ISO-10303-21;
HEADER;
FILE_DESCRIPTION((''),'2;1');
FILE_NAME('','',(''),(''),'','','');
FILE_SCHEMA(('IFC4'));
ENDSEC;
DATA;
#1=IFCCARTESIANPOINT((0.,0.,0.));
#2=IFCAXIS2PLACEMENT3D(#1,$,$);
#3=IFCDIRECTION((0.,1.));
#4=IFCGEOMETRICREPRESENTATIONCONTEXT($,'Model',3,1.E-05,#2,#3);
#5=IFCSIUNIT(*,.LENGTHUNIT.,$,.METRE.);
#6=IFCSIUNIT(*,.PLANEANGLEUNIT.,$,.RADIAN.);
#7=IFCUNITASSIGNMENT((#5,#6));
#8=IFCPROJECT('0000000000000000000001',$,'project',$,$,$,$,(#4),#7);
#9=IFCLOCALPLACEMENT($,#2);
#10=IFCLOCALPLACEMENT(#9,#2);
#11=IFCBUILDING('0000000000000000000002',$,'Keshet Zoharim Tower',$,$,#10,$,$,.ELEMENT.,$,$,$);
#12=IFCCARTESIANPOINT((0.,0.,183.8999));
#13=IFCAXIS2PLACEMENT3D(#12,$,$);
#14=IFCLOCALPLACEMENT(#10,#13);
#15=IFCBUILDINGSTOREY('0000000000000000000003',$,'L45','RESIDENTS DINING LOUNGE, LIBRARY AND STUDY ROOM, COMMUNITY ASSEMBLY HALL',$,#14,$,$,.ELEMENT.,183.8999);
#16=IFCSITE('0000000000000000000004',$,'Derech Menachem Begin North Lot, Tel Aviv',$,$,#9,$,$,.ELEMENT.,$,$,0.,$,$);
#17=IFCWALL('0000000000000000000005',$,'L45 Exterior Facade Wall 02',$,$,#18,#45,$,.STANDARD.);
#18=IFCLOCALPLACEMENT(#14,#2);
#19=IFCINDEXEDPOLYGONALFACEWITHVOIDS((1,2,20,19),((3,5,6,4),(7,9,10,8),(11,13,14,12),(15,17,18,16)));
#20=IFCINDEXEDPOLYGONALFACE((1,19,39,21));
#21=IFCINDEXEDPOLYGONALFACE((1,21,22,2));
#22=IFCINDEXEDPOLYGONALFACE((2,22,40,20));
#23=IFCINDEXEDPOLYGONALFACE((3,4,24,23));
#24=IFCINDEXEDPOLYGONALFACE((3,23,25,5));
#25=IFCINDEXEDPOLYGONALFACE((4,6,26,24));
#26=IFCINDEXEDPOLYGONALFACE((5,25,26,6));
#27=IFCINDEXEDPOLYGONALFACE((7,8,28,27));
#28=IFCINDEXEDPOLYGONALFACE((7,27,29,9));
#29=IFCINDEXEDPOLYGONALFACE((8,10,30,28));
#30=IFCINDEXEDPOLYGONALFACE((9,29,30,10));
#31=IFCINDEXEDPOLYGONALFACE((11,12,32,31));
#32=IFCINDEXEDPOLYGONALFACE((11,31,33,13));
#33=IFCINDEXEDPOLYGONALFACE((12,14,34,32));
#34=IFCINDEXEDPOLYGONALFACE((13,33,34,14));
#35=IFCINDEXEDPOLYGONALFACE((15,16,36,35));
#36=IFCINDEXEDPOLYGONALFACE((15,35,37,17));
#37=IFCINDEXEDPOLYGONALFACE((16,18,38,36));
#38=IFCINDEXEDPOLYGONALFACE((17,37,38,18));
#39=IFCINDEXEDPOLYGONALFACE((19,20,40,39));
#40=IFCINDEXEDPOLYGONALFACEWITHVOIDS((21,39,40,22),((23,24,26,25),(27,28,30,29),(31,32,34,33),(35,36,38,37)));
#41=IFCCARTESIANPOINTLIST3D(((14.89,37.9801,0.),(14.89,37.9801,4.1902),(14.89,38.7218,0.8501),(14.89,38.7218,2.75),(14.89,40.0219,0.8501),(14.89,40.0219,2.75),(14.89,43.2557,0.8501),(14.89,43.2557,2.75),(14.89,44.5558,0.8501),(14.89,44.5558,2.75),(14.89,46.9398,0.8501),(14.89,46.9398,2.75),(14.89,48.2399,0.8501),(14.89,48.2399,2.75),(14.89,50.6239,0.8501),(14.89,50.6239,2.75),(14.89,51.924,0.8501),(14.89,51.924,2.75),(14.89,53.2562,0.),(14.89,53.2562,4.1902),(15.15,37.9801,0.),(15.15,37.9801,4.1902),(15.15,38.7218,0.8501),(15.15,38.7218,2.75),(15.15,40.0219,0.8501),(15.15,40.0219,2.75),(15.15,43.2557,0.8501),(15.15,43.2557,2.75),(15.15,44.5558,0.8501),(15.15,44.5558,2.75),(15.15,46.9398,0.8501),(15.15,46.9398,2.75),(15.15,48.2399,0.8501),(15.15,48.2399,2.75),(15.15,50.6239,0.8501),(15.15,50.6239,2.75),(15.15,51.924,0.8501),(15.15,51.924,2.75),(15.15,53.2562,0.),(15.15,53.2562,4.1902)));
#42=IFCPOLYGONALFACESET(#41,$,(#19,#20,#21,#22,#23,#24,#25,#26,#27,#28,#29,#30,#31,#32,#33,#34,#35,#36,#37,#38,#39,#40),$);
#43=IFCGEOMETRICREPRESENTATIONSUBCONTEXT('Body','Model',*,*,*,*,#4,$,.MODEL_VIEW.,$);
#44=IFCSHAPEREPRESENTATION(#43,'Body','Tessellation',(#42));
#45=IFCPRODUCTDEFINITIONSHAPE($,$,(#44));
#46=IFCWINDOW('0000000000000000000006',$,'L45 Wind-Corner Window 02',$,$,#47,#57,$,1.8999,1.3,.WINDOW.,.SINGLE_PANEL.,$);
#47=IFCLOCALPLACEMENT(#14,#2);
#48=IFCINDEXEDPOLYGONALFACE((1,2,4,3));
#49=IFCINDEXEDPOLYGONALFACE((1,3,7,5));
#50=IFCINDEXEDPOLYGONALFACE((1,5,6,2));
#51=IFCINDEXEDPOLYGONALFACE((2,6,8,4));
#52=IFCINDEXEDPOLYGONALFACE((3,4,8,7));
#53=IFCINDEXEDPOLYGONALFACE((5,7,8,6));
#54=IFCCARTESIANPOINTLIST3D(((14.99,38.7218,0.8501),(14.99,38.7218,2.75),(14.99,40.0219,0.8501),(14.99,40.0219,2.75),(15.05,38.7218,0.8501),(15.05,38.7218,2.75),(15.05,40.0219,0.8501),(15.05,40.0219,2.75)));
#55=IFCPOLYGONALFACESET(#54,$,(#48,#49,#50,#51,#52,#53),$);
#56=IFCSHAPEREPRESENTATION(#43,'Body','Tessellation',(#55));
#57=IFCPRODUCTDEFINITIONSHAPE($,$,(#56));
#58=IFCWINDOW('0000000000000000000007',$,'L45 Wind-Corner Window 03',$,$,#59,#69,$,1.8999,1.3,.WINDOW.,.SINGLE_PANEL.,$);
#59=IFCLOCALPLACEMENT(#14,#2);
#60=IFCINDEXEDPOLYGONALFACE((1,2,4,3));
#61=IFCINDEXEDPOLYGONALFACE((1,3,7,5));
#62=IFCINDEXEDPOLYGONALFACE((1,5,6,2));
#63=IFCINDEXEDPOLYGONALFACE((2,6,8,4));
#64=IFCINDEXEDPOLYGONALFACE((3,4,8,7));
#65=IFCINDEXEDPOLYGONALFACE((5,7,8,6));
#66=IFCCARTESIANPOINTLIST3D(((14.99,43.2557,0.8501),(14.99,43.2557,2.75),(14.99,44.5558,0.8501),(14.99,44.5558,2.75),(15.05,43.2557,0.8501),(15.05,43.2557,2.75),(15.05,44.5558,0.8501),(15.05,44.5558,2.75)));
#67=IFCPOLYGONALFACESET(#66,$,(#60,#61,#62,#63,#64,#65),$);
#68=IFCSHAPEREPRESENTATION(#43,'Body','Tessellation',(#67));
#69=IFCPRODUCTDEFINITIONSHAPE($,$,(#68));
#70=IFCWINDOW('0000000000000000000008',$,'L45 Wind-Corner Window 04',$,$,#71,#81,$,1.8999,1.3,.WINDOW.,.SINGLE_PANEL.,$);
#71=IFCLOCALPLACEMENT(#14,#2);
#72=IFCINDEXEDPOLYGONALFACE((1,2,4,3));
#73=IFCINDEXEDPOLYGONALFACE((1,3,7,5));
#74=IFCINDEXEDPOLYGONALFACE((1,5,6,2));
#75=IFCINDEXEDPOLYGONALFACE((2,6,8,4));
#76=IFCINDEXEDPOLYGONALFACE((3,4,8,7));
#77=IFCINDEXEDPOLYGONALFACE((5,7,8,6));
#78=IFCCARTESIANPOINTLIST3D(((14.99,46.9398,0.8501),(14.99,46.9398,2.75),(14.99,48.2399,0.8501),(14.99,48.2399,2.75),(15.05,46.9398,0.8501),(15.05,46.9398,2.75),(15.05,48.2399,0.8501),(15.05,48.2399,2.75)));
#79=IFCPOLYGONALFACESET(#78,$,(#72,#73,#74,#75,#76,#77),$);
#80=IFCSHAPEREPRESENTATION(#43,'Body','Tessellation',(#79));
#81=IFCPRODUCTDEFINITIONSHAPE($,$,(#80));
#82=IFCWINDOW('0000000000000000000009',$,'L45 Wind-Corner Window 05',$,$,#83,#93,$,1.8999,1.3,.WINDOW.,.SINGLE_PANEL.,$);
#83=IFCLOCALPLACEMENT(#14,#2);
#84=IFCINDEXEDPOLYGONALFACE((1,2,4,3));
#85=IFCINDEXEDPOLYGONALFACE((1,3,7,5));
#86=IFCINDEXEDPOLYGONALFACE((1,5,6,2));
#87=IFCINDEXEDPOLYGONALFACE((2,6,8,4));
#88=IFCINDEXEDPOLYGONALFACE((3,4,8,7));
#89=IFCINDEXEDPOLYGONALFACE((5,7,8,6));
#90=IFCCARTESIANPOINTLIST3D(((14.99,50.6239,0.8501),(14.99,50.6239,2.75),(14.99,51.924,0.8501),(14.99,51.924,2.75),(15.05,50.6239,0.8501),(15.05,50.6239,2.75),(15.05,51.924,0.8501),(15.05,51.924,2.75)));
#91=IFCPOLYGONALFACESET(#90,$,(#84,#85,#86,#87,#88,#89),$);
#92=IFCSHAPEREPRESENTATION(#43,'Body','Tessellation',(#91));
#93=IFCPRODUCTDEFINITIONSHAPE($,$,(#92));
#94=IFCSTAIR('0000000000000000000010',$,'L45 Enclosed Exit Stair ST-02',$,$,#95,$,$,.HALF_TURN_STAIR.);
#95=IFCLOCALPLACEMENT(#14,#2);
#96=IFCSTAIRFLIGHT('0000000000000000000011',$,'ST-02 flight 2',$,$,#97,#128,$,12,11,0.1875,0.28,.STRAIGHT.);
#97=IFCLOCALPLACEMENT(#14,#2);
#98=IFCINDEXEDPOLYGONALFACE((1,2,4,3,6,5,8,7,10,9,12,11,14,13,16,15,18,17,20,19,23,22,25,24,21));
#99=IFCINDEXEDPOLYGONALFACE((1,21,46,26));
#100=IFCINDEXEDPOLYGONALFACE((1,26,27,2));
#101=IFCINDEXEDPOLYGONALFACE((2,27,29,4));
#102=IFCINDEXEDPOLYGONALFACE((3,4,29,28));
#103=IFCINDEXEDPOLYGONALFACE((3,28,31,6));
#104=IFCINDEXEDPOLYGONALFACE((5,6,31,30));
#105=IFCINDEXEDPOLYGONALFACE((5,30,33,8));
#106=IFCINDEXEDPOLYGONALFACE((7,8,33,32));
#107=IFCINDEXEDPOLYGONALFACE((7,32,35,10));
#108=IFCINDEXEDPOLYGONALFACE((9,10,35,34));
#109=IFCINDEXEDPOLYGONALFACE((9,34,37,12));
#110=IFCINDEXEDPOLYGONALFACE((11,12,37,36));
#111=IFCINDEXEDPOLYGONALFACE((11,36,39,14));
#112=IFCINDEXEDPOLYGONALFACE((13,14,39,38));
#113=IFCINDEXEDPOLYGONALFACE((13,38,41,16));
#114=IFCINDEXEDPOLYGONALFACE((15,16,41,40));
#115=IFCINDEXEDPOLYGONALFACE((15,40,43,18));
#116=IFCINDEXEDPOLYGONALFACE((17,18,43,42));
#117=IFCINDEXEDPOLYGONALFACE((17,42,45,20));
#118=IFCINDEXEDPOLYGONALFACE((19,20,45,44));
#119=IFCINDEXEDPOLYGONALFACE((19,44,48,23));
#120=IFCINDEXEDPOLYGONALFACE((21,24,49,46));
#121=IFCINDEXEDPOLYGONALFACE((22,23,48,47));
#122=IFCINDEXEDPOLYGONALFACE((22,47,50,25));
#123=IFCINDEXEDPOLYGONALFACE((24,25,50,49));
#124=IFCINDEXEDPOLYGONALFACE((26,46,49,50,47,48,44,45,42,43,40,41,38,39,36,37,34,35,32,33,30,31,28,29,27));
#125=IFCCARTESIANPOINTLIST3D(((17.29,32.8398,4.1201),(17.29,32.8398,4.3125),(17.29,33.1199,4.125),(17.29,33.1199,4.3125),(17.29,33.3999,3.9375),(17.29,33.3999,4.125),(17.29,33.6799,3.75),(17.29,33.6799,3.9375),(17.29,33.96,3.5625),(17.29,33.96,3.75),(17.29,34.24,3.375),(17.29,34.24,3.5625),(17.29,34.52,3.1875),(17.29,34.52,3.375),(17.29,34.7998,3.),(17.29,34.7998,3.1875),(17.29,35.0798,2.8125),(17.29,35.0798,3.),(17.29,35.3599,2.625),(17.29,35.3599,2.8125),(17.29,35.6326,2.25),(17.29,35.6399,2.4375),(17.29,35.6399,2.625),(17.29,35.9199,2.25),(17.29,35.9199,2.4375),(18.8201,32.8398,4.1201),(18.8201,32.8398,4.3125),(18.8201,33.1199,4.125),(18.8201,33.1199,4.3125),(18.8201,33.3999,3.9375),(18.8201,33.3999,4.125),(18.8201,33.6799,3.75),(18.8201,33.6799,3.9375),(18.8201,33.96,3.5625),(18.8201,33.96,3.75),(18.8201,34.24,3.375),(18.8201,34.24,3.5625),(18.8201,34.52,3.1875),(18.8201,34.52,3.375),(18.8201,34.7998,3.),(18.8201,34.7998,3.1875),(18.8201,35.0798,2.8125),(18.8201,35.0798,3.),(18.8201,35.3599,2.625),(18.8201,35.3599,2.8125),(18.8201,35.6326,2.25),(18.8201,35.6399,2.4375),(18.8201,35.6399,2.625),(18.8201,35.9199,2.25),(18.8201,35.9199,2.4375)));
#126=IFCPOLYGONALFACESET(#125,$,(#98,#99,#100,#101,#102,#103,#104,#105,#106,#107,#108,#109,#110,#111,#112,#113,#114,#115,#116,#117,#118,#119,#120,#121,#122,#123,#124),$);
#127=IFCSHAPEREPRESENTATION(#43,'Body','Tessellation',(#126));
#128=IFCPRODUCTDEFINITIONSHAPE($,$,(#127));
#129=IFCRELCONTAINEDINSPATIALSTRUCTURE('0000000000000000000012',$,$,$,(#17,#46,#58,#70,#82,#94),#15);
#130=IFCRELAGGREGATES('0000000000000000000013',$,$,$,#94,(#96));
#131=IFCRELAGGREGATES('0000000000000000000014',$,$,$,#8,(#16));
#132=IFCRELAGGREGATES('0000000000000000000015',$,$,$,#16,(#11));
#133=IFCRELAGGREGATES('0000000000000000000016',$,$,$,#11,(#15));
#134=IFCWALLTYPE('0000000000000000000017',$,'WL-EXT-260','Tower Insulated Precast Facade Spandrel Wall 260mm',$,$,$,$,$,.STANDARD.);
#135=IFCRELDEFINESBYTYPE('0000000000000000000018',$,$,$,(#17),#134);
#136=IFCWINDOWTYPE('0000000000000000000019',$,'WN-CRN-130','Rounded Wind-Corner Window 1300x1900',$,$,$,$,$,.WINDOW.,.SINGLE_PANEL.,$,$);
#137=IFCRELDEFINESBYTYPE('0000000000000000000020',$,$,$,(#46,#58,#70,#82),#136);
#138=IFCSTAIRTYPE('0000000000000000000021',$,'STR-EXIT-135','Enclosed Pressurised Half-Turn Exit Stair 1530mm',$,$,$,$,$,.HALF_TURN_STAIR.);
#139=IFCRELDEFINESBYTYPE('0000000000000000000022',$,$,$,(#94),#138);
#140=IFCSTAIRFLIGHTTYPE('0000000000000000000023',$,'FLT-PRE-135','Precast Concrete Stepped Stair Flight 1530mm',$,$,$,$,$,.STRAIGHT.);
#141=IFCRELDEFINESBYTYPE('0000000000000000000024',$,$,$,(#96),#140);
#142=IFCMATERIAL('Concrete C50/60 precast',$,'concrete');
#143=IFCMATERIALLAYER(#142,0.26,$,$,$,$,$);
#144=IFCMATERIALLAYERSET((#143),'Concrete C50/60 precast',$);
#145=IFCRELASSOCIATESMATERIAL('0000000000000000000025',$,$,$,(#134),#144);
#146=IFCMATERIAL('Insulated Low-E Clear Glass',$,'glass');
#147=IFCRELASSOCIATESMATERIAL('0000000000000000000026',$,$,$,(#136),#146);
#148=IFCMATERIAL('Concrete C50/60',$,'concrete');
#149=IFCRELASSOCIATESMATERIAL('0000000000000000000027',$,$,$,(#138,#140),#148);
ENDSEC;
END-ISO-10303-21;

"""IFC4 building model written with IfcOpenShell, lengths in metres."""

from ifc_helpers import new_model, si_unit, direction, frame, frame_2d, origin, place, context, subcontext, project, spatial, polyline, rectangle, outline, extrude, material, layer, layer_set, type_object, element, fill, aggregate, save


model = new_model("IFC4")

# Units and contexts
model_context = context("Model", 3, precision=1e-05, world=origin(), true_north=direction((0.0, 1.0)))
body_context = subcontext(model_context, "Body", "Model", "MODEL_VIEW")
ifc_project = project(units=[si_unit("LENGTHUNIT", "METRE"), si_unit("PLANEANGLEUNIT", "RADIAN")], contexts=[model_context])

# Site, building, storey
site_placement = place(None, origin())
site = spatial("IfcSite", under=ifc_project, at=site_placement, Name="Derech Menachem Begin North Lot, Tel Aviv", CompositionType="ELEMENT", RefElevation=0.0)
building_placement = place(site_placement, origin())
building = spatial("IfcBuilding", under=site, at=building_placement, Name="Keshet Zoharim Tower", CompositionType="ELEMENT")
storey_placement = place(building_placement, frame((0.0, 0.0, 183.8999)))
storey = spatial("IfcBuildingStorey", under=building, at=storey_placement, Name="L45", Description="RESIDENTS DINING LOUNGE, LIBRARY AND STUDY ROOM, COMMUNITY ASSEMBLY HALL", CompositionType="ELEMENT", Elevation=183.8999)

# Shared definitions
ifc_material_1 = material(Name="Concrete C50/60 precast", Category="concrete")
ifc_layer_1 = layer(ifc_material_1, 0.26)
ifc_layer_set_1 = layer_set([ifc_layer_1], Name="Concrete C50/60 precast")
wall_type_1 = type_object("IfcWallType", Name="WL-EXT-260", Description="Tower Insulated Precast Facade Spandrel Wall 260mm", PredefinedType="STANDARD", material=ifc_layer_set_1)
ifc_material_2 = material(Name="Insulated Low-E Clear Glass", Category="glass")

# Wall, openings, windows
wall_1_placement = place(storey_placement, frame((15.02, 37.98, 0.0), z_axis=(0.0, 0.0, 1.0), x_axis=(0.0, 1.0, 0.0)))
wall_1 = element("IfcWall", 1, at=wall_1_placement, inside=storey, type_object=wall_type_1, Name="L45 Exterior Facade Wall 02", PredefinedType="STANDARD", context=body_context, shape_type="SweptSolid", body=[
    extrude(rectangle(XDim=15.2761, YDim=0.26, at=frame_2d((7.6382, 0.0))), origin(), (0.0, 0.0, 1.0), 4.1902),
])
opening_1_placement = place(wall_1_placement, frame((0.7419, 0.0, 0.8501)))
opening_1 = element("IfcOpeningElement", 2, at=opening_1_placement, cuts=wall_1, PredefinedType="OPENING", context=body_context, shape_type="SweptSolid", body=[
    extrude(rectangle(XDim=1.3, YDim=1.8999, at=frame_2d((0.6499, 0.95))), frame((0.0, 0.1401, 0.0), z_axis=(0.0, -1.0, 0.0), x_axis=(1.0, 0.0, 0.0)), (0.0, 0.0, 1.0), 0.28),
])
opening_2_placement = place(wall_1_placement, frame((5.2759, 0.0, 0.8501)))
opening_2 = element("IfcOpeningElement", 3, at=opening_2_placement, cuts=wall_1, PredefinedType="OPENING", context=body_context, shape_type="SweptSolid", body=[
    extrude(rectangle(XDim=1.3, YDim=1.8999, at=frame_2d((0.6499, 0.95))), frame((0.0, 0.1401, 0.0), z_axis=(0.0, -1.0, 0.0), x_axis=(1.0, 0.0, 0.0)), (0.0, 0.0, 1.0), 0.28),
])
opening_3_placement = place(wall_1_placement, frame((8.96, 0.0, 0.8501)))
opening_3 = element("IfcOpeningElement", 4, at=opening_3_placement, cuts=wall_1, PredefinedType="OPENING", context=body_context, shape_type="SweptSolid", body=[
    extrude(rectangle(XDim=1.3, YDim=1.8999, at=frame_2d((0.6499, 0.95))), frame((0.0, 0.1401, 0.0), z_axis=(0.0, -1.0, 0.0), x_axis=(1.0, 0.0, 0.0)), (0.0, 0.0, 1.0), 0.28),
])
opening_4_placement = place(wall_1_placement, frame((12.644, 0.0, 0.8501)))
opening_4 = element("IfcOpeningElement", 5, at=opening_4_placement, cuts=wall_1, PredefinedType="OPENING", context=body_context, shape_type="SweptSolid", body=[
    extrude(rectangle(XDim=1.3, YDim=1.8999, at=frame_2d((0.6499, 0.95))), frame((0.0, 0.1401, 0.0), z_axis=(0.0, -1.0, 0.0), x_axis=(1.0, 0.0, 0.0)), (0.0, 0.0, 1.0), 0.28),
])
window_type_1 = type_object("IfcWindowType", Name="WN-CRN-130", Description="Rounded Wind-Corner Window 1300x1900", PartitioningType="SINGLE_PANEL", PredefinedType="WINDOW", material=ifc_material_2)
window_1_placement = place(opening_1_placement, origin())
window_1 = element("IfcWindow", 6, at=window_1_placement, inside=storey, type_object=window_type_1, Name="L45 Wind-Corner Window 02", OverallHeight=1.8999, OverallWidth=1.3, PartitioningType="SINGLE_PANEL", PredefinedType="WINDOW", context=body_context, shape_type="SweptSolid", body=[
    extrude(rectangle(XDim=1.3, YDim=1.8999, at=frame_2d((0.6499, 0.95))), frame((0.0, 0.03, 0.0), z_axis=(0.0, -1.0, 0.0), x_axis=(1.0, 0.0, 0.0)), (0.0, 0.0, 1.0), 0.0601),
])
fill(opening_1, window_1)
window_2_placement = place(opening_2_placement, origin())
window_2 = element("IfcWindow", 7, at=window_2_placement, inside=storey, type_object=window_type_1, Name="L45 Wind-Corner Window 03", OverallHeight=1.8999, OverallWidth=1.3, PartitioningType="SINGLE_PANEL", PredefinedType="WINDOW", context=body_context, shape_type="SweptSolid", body=[
    extrude(rectangle(XDim=1.3, YDim=1.8999, at=frame_2d((0.6499, 0.95))), frame((0.0, 0.03, 0.0), z_axis=(0.0, -1.0, 0.0), x_axis=(1.0, 0.0, 0.0)), (0.0, 0.0, 1.0), 0.0601),
])
fill(opening_2, window_2)
window_3_placement = place(opening_3_placement, origin())
window_3 = element("IfcWindow", 8, at=window_3_placement, inside=storey, type_object=window_type_1, Name="L45 Wind-Corner Window 04", OverallHeight=1.8999, OverallWidth=1.3, PartitioningType="SINGLE_PANEL", PredefinedType="WINDOW", context=body_context, shape_type="SweptSolid", body=[
    extrude(rectangle(XDim=1.3, YDim=1.8999, at=frame_2d((0.6499, 0.95))), frame((0.0, 0.03, 0.0), z_axis=(0.0, -1.0, 0.0), x_axis=(1.0, 0.0, 0.0)), (0.0, 0.0, 1.0), 0.0601),
])
fill(opening_3, window_3)
window_4_placement = place(opening_4_placement, origin())
window_4 = element("IfcWindow", 9, at=window_4_placement, inside=storey, type_object=window_type_1, Name="L45 Wind-Corner Window 05", OverallHeight=1.8999, OverallWidth=1.3, PartitioningType="SINGLE_PANEL", PredefinedType="WINDOW", context=body_context, shape_type="SweptSolid", body=[
    extrude(rectangle(XDim=1.3, YDim=1.8999, at=frame_2d((0.6499, 0.95))), frame((0.0, 0.03, 0.0), z_axis=(0.0, -1.0, 0.0), x_axis=(1.0, 0.0, 0.0)), (0.0, 0.0, 1.0), 0.0601),
])
fill(opening_4, window_4)

# Stair, stair flight
ifc_material_3 = material(Name="Concrete C50/60", Category="concrete")
stair_type = type_object("IfcStairType", Name="STR-EXIT-135", Description="Enclosed Pressurised Half-Turn Exit Stair 1530mm", PredefinedType="HALF_TURN_STAIR", material=ifc_material_3)
stair_placement = place(storey_placement, origin())
stair = element("IfcStair", 10, at=stair_placement, inside=storey, type_object=stair_type, Name="L45 Enclosed Exit Stair ST-02", PredefinedType="HALF_TURN_STAIR")
stair_flight_type = type_object("IfcStairFlightType", Name="FLT-PRE-135", Description="Precast Concrete Stepped Stair Flight 1530mm", PredefinedType="STRAIGHT", material=ifc_material_3)
stair_flight_placement = place(storey_placement, frame((18.0549, 35.9199, 2.25), z_axis=(0.0, 0.0, 1.0), x_axis=(0.0, -1.0, 0.0)))
stair_flight = element("IfcStairFlight", 11, at=stair_flight_placement, type_object=stair_flight_type, Name="ST-02 flight 2", NumberOfRisers=12, NumberOfTreads=11, PredefinedType="STRAIGHT", RiserHeight=0.1875, TreadLength=0.28, context=body_context, shape_type="SweptSolid", body=[
    extrude(outline(polyline([(0.0, 0.0), (0.0, 0.1875), (0.28, 0.1875), (0.28, 0.375), (0.5601, 0.375), (0.5601, 0.5625), (0.8401, 0.5625), (0.8401, 0.75), (1.1201, 0.75), (1.1201, 0.9375), (1.3999, 0.9375), (1.3999, 1.125), (1.6799, 1.125), (1.6799, 1.3125), (1.96, 1.3125), (1.96, 1.5), (2.24, 1.5), (2.24, 1.6875), (2.52, 1.6875), (2.52, 1.875), (2.8, 1.875), (2.8, 2.0625), (3.0801, 2.0625), (3.0801, 2.25), (3.0801, 1.8701), (0.2874, 0.0), (0.0, 0.0)])), frame((0.0, 0.7651, 0.0), z_axis=(0.0, -1.0, 0.0), x_axis=(1.0, 0.0, 0.0)), (0.0, 0.0, 1.0), 1.53),
])
aggregate(stair, [stair_flight])

save(model, "model.ifc")
